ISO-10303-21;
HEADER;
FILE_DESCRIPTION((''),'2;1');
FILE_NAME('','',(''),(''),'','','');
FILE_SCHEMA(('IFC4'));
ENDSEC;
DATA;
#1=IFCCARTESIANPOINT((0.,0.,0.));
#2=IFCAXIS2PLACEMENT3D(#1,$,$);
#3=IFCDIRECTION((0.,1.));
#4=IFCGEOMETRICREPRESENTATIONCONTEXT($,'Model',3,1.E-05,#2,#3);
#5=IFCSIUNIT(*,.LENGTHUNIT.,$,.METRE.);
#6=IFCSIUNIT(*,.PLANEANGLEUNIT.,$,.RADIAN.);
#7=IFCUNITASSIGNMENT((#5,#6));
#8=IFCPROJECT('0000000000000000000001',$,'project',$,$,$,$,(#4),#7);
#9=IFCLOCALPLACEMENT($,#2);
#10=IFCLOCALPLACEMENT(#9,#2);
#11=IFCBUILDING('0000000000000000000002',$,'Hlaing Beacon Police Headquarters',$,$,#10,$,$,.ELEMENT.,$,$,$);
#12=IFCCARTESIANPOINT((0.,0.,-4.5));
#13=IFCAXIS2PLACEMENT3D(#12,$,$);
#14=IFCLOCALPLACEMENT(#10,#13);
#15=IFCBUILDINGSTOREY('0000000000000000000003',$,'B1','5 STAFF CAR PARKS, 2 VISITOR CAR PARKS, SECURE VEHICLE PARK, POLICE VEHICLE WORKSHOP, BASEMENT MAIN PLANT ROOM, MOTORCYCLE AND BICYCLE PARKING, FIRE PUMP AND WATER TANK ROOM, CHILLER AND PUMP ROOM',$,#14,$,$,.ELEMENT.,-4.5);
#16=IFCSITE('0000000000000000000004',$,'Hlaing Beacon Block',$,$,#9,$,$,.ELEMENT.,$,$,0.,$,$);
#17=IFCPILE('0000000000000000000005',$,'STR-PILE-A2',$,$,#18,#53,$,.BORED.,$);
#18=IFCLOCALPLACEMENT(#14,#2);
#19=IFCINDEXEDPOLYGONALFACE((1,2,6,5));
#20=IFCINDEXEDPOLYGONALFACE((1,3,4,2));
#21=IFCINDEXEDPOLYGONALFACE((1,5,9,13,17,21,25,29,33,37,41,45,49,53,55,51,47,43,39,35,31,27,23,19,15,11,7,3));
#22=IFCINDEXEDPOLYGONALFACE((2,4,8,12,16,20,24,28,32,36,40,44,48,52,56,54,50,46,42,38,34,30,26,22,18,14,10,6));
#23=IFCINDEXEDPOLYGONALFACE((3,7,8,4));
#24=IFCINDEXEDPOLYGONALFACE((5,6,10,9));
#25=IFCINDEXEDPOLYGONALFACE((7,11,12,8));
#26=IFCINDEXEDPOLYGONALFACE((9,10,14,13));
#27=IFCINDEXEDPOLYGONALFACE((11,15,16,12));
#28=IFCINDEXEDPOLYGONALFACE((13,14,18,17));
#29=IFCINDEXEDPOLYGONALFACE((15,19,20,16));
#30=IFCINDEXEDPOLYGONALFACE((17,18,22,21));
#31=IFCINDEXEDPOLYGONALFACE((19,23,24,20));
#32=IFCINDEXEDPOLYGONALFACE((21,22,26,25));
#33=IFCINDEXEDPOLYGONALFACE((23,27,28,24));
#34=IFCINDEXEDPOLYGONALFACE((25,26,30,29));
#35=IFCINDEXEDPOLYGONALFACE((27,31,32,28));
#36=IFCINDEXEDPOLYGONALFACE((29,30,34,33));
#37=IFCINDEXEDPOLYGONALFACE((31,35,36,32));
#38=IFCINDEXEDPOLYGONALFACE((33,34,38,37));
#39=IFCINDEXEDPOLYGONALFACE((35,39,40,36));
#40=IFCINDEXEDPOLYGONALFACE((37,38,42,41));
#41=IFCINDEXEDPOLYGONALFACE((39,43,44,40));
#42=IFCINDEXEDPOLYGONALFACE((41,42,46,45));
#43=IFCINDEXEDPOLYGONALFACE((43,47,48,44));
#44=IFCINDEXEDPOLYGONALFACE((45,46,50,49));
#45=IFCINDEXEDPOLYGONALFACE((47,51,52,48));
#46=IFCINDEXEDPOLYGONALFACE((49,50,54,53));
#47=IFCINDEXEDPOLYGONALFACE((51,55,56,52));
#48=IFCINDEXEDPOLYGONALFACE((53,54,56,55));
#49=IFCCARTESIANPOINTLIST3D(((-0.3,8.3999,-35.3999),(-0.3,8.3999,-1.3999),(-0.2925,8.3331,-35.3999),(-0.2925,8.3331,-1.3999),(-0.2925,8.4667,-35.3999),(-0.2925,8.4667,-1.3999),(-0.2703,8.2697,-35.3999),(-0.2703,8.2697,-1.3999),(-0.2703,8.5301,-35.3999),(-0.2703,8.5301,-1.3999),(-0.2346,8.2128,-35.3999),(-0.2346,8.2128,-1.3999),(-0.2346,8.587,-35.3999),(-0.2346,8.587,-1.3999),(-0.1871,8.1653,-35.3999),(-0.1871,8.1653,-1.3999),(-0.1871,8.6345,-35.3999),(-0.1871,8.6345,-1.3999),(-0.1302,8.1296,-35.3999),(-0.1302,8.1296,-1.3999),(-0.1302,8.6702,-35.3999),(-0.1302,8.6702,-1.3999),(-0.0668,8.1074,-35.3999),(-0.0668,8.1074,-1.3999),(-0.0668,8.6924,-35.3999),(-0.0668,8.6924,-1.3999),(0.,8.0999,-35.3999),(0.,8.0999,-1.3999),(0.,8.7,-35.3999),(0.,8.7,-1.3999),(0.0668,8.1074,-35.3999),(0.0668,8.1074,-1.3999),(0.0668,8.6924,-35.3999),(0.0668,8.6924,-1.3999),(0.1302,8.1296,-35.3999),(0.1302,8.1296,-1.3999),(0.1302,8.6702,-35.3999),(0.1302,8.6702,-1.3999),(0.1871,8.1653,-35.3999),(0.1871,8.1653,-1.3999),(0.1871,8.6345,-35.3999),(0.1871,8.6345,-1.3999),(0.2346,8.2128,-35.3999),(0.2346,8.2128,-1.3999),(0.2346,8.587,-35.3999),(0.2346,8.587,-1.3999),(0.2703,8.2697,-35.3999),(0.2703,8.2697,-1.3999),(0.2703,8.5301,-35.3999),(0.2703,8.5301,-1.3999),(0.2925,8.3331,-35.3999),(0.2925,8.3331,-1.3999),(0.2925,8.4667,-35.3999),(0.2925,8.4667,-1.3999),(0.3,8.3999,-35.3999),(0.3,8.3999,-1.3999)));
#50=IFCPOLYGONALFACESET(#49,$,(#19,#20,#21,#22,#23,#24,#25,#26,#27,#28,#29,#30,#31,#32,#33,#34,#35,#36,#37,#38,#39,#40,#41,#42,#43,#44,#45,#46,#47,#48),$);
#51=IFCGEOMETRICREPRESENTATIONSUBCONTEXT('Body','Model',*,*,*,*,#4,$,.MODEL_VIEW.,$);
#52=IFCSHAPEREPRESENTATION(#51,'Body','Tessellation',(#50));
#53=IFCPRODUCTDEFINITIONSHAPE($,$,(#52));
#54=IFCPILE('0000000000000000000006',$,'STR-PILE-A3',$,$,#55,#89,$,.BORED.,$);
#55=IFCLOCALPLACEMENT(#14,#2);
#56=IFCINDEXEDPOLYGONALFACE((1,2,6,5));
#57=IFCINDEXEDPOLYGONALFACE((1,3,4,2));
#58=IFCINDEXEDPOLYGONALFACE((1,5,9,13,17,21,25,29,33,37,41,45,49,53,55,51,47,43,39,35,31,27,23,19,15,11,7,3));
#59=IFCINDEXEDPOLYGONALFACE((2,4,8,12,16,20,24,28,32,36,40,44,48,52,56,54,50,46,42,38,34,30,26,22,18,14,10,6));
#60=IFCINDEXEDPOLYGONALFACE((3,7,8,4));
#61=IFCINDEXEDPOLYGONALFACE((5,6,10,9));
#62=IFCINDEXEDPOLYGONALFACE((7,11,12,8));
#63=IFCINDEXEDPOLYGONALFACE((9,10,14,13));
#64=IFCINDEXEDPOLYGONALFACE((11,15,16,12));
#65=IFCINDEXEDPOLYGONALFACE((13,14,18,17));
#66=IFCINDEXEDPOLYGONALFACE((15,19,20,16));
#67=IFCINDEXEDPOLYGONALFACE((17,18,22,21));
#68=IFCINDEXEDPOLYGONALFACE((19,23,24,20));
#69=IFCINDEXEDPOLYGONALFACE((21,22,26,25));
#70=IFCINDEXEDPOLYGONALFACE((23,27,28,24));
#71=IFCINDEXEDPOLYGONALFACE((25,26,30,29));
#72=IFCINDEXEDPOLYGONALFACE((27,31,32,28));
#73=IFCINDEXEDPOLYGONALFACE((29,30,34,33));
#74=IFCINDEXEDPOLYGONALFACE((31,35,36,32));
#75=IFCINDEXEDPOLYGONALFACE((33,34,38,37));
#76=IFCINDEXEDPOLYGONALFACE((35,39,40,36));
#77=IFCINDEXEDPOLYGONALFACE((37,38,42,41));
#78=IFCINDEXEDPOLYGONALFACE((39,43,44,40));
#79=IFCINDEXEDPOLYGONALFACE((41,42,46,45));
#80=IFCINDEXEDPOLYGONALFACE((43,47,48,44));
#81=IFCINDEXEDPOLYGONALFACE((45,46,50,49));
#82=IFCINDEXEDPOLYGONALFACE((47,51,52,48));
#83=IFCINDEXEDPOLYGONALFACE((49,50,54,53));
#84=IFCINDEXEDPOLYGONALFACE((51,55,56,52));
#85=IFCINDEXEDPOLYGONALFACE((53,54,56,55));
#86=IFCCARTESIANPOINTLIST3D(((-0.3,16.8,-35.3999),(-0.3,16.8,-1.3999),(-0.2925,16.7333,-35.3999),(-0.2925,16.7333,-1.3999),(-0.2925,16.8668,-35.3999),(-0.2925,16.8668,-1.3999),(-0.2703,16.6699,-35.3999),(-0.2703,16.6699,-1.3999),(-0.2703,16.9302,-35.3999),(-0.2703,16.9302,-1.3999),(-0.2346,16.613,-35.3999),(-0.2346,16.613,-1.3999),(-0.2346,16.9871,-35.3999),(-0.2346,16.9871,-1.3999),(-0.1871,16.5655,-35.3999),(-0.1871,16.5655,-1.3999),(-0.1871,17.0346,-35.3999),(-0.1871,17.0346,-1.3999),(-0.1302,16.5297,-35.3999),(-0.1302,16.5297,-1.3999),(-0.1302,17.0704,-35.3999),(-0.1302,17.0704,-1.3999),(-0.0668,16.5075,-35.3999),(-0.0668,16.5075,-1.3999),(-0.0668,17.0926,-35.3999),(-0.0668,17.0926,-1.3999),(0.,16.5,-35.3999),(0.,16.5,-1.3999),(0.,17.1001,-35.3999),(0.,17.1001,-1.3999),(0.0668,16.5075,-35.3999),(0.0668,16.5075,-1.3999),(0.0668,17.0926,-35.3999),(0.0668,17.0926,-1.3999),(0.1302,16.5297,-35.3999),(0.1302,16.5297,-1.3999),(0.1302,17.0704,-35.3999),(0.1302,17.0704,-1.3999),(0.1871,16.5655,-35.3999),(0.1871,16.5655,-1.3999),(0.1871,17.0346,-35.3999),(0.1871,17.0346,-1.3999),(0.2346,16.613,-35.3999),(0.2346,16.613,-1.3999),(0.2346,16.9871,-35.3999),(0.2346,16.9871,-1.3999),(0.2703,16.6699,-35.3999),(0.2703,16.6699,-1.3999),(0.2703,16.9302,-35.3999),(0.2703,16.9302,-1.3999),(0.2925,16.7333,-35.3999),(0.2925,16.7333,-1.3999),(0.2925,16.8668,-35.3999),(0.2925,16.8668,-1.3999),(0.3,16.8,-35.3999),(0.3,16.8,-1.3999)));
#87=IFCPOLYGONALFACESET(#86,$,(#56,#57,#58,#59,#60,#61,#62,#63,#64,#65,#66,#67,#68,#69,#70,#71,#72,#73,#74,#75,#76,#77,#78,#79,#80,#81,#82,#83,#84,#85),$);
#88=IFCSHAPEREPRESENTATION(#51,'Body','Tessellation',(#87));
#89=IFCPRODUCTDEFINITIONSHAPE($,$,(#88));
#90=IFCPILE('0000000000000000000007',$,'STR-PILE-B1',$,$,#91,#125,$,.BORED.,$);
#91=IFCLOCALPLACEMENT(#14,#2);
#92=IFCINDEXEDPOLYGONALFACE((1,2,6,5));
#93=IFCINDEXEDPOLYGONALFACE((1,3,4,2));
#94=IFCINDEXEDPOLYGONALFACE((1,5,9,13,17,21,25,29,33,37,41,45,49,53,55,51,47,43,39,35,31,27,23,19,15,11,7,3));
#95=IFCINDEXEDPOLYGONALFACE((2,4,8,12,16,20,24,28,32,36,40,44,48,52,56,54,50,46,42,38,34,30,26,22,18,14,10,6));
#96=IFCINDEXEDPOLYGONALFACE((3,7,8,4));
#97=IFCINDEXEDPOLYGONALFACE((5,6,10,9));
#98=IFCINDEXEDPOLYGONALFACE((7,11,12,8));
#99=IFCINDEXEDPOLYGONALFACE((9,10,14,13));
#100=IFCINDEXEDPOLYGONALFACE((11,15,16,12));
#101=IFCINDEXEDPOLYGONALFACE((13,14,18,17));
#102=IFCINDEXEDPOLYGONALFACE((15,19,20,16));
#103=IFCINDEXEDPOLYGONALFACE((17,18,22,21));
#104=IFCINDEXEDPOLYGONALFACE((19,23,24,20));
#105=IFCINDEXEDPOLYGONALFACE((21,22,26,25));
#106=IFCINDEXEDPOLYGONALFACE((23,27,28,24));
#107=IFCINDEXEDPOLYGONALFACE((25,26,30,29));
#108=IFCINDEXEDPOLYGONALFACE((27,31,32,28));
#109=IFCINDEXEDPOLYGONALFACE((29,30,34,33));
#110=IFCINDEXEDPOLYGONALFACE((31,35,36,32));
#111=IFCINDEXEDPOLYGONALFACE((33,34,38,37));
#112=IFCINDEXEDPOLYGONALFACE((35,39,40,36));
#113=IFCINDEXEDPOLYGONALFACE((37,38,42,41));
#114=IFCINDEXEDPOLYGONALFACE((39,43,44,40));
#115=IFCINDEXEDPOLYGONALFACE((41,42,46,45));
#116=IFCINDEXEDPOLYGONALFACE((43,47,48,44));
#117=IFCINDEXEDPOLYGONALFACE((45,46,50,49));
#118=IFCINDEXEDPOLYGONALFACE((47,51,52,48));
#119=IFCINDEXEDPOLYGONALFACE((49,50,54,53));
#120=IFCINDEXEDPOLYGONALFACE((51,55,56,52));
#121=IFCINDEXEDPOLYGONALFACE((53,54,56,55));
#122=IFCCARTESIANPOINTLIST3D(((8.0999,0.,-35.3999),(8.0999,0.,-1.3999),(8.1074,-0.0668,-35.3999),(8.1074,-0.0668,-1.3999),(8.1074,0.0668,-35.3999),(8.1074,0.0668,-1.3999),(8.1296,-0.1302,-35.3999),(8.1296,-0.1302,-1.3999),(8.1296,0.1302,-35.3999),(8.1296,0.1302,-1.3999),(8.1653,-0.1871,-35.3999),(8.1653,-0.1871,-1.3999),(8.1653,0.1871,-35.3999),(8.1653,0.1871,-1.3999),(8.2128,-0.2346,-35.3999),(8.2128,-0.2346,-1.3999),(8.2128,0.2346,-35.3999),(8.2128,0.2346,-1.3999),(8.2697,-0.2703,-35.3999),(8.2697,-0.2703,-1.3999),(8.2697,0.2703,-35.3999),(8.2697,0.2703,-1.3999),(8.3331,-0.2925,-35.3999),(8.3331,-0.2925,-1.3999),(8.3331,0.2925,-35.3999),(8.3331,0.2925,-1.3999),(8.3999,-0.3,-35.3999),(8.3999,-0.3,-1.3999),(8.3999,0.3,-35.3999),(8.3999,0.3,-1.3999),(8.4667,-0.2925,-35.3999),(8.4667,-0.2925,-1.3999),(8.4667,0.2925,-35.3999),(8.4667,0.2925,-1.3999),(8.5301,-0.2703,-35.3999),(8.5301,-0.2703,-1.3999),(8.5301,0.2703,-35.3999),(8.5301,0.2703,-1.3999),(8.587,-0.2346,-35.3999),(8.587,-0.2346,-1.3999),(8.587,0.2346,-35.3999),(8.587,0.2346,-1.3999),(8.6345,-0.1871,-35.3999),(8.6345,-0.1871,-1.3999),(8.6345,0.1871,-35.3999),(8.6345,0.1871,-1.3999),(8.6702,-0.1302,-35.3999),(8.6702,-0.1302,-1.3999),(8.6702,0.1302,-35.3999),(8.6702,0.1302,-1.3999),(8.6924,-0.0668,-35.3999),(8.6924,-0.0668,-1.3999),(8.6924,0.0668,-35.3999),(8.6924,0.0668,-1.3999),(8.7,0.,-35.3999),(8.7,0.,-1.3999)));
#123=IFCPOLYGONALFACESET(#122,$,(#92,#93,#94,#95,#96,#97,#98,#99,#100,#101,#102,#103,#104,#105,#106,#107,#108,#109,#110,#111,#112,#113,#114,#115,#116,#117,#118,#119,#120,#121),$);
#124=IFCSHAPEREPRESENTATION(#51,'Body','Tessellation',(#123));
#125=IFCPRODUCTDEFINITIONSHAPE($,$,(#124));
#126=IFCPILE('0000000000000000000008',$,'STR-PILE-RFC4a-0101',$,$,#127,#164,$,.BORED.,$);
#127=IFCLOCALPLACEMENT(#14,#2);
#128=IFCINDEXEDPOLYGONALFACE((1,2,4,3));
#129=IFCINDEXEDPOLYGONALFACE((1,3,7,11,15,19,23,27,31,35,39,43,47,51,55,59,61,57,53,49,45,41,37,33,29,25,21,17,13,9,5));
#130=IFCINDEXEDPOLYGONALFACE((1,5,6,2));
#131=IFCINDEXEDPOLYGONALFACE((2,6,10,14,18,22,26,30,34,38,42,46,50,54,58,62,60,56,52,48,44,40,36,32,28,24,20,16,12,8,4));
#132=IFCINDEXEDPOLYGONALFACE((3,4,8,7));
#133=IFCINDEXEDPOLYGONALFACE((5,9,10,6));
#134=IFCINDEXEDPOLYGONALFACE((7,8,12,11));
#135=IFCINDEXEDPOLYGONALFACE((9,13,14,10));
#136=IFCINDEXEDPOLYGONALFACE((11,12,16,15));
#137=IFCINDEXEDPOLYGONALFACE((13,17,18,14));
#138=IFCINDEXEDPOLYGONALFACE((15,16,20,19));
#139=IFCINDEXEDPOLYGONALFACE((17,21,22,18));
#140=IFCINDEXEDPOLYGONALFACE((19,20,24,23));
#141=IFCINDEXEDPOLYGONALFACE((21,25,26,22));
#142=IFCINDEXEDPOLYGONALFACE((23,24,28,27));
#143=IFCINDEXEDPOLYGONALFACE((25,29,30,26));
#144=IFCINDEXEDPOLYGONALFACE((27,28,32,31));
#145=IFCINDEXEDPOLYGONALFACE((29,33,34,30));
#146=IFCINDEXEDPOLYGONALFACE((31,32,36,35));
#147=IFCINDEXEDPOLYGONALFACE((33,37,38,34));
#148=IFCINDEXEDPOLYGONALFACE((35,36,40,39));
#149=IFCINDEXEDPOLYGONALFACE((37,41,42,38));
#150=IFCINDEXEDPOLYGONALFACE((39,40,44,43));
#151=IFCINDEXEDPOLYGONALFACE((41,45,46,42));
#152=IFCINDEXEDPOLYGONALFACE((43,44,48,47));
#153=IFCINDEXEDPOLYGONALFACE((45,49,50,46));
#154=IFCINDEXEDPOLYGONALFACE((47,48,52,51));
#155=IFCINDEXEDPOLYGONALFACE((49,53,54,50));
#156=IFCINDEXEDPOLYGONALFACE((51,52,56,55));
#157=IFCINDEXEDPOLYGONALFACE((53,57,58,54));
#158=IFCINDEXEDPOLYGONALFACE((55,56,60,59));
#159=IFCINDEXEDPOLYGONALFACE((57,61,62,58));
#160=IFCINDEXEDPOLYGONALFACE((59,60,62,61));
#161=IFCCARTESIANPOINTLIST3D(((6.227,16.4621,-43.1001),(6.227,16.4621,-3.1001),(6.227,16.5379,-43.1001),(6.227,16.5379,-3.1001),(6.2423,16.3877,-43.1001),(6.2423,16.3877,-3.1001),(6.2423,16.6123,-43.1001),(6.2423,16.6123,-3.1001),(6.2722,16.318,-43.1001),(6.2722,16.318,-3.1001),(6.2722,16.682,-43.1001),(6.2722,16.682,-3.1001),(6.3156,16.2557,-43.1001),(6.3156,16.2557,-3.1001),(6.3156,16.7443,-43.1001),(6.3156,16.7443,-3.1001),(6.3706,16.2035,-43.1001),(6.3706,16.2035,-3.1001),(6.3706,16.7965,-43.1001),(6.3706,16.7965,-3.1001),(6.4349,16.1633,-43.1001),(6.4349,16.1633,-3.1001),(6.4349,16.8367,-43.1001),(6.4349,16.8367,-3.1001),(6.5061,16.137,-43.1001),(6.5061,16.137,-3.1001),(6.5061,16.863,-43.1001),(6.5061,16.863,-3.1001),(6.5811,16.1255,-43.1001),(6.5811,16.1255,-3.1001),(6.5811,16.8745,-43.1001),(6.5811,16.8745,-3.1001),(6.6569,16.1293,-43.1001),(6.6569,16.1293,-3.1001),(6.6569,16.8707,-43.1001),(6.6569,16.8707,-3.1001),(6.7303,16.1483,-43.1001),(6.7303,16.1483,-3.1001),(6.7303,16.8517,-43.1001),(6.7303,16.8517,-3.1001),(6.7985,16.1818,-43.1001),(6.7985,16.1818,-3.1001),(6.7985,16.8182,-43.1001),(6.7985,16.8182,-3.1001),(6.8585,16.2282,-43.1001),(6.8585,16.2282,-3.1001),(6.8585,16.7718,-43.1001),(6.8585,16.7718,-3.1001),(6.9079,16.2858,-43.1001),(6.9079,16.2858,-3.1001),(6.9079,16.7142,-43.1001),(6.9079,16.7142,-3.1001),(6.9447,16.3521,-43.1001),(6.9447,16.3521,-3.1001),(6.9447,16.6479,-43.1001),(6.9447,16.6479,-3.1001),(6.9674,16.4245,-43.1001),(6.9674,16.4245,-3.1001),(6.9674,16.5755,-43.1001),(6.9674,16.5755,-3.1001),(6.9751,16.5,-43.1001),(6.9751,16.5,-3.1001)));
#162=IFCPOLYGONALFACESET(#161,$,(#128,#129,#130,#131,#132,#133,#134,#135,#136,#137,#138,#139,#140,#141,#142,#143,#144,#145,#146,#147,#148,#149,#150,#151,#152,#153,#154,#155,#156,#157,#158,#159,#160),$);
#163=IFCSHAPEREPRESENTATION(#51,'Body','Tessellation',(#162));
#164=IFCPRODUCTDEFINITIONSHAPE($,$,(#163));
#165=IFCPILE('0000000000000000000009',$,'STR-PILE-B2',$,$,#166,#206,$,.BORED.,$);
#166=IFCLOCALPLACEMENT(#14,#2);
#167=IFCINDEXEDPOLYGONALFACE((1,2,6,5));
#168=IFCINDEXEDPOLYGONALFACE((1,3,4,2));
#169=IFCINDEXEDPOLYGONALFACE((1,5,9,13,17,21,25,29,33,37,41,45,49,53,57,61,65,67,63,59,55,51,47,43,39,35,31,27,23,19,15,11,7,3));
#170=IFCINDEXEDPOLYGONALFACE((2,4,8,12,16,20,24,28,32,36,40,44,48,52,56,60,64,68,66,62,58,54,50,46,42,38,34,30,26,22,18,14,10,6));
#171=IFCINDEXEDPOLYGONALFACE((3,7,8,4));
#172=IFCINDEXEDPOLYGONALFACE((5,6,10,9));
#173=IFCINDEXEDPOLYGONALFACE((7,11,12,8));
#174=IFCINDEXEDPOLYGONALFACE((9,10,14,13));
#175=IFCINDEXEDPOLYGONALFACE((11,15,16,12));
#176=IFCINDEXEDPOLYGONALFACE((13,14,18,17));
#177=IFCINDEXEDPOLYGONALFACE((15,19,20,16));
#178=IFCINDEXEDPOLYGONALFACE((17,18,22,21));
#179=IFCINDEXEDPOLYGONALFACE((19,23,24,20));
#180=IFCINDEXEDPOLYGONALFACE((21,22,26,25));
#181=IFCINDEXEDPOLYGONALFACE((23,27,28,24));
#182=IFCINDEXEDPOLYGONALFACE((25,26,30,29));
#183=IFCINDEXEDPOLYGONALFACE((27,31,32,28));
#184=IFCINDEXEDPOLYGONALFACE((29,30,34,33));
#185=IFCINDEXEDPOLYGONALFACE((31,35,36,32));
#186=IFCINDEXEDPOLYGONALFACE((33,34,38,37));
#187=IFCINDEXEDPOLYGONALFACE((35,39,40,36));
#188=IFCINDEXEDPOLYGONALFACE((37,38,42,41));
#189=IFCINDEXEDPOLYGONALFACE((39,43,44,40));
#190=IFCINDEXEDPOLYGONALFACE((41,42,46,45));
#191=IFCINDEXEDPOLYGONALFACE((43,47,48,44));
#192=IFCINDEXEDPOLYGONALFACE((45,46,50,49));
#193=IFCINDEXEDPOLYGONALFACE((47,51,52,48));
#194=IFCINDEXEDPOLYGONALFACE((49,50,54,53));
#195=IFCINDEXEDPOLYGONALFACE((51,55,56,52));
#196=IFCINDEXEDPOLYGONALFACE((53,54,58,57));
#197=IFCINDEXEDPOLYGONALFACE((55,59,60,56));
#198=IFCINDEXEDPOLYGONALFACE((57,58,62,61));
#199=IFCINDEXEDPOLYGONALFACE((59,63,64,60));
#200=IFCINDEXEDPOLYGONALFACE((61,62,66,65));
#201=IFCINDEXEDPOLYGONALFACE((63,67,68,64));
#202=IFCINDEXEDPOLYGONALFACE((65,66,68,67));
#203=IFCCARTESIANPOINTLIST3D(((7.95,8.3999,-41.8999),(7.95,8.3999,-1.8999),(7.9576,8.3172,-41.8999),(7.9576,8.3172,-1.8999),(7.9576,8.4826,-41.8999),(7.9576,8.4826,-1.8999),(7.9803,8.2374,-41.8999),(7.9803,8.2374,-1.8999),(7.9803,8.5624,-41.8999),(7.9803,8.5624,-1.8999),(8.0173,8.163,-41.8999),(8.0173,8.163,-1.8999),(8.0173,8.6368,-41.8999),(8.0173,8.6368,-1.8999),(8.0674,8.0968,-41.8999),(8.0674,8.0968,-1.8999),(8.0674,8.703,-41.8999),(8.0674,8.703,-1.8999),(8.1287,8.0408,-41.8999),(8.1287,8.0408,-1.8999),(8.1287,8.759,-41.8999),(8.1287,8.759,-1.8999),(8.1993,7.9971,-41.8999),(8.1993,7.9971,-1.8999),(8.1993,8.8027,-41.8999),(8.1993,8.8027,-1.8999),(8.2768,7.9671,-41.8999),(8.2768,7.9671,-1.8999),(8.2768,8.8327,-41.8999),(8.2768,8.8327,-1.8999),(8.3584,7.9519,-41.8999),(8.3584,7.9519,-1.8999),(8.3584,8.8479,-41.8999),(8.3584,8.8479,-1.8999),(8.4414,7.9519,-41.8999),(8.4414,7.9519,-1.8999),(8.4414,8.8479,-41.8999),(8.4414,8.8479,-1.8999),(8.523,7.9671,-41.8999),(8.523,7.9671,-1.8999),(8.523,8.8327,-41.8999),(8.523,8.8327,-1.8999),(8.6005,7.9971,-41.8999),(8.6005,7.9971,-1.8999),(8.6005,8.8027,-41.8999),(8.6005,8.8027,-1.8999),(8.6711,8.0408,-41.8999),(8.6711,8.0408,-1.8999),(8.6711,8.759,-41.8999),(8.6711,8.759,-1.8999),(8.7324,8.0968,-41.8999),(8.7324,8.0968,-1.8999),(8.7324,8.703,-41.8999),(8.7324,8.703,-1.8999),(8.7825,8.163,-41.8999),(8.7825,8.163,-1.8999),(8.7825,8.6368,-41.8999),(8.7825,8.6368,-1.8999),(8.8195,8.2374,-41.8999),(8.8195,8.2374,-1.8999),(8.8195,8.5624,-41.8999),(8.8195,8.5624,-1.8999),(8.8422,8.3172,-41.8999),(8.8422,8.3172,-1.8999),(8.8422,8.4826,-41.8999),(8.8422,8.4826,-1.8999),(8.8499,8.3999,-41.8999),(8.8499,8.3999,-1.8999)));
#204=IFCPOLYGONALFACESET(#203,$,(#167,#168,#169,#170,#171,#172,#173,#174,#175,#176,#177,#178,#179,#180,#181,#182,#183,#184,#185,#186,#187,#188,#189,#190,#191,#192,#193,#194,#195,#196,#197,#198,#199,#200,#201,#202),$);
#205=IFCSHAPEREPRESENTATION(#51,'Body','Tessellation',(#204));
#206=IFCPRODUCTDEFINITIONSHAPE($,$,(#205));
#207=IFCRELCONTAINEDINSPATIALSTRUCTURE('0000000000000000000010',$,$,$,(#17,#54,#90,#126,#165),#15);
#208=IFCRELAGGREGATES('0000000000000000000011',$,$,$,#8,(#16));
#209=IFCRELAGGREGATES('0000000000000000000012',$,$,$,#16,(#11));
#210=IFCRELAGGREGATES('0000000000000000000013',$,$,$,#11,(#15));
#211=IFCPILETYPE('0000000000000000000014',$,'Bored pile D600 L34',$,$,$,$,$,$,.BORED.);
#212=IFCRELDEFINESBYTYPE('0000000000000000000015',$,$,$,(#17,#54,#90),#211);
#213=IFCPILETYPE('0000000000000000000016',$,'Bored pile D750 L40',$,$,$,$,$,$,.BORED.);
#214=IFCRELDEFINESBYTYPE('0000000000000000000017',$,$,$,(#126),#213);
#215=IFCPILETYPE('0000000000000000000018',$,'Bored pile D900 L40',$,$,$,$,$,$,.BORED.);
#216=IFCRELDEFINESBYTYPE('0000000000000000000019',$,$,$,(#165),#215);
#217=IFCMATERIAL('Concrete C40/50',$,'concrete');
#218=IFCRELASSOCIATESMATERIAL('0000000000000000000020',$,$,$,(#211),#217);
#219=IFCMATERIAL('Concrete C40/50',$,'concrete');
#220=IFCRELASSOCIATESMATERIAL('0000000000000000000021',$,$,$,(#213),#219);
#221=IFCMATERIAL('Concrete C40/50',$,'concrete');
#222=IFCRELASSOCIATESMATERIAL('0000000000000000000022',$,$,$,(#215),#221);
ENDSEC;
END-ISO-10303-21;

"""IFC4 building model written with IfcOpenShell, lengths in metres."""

from ifc_helpers import new_model, si_unit, direction, frame, origin, origin_2d, place, context, subcontext, project, spatial, circle, extrude, material, material_profile, profile_set, type_object, element, save


model = new_model("IFC4")

# Units and contexts
model_context = context("Model", 3, precision=1e-05, world=origin(), true_north=direction((0.0, 1.0)))
body_context = subcontext(model_context, "Body", "Model", "MODEL_VIEW")
ifc_project = project(units=[si_unit("LENGTHUNIT", "METRE"), si_unit("PLANEANGLEUNIT", "RADIAN")], contexts=[model_context])

# Site, building, storey
site_placement = place(None, origin())
site = spatial("IfcSite", under=ifc_project, at=site_placement, Name="Hlaing Beacon Block", CompositionType="ELEMENT", RefElevation=0.0)
building_placement = place(site_placement, origin())
building = spatial("IfcBuilding", under=site, at=building_placement, Name="Hlaing Beacon Police Headquarters", CompositionType="ELEMENT")
storey_placement = place(building_placement, frame((0.0, 0.0, -4.5)))
storey = spatial("IfcBuildingStorey", under=building, at=storey_placement, Name="B1", Description="5 STAFF CAR PARKS, 2 VISITOR CAR PARKS, SECURE VEHICLE PARK, POLICE VEHICLE WORKSHOP, BASEMENT MAIN PLANT ROOM, MOTORCYCLE AND BICYCLE PARKING, FIRE PUMP AND WATER TANK ROOM, CHILLER AND PUMP ROOM", CompositionType="ELEMENT", Elevation=-4.5)

# Piles
ifc_material_1 = material(Name="Concrete C40/50", Category="concrete")
ifc_material_profile_1 = material_profile(ifc_material_1, circle(Radius=0.3, at=origin_2d()), Name="D600")
ifc_profile_set_1 = profile_set([ifc_material_profile_1], Name="Concrete C40/50")
pile_type_1 = type_object("IfcPileType", Name="Bored pile D600 L34", PredefinedType="BORED", material=ifc_profile_set_1)
for number, where, z_axis, x_axis, name in (
    (1, (0.0, 8.3999, -1.3999), (0.0, 0.0, -1.0), (1.0, 0.0, 0.0), "STR-PILE-A2"),
    (2, (0.0, 16.8, -1.3999), (0.0, 0.0, -1.0), (1.0, 0.0, 0.0), "STR-PILE-A3"),
    (3, (8.3999, 0.0, -1.3999), (0.0, 0.0, -1.0), (1.0, 0.0, 0.0), "STR-PILE-B1"),
):
    element("IfcPile", number, at=place(storey_placement, frame(where, z_axis=z_axis, x_axis=x_axis)), inside=storey, type_object=pile_type_1, Name=name, PredefinedType="BORED", context=body_context, shape_type="SweptSolid", body=[
        extrude(circle(Radius=0.3, at=origin_2d()), origin(), (0.0, 0.0, 1.0), 34.0),
    ])
ifc_material_2 = material(Name="Concrete C40/50", Category="concrete")
ifc_material_profile_2 = material_profile(ifc_material_2, circle(Radius=0.375, at=origin_2d()), Name="D750")
ifc_profile_set_2 = profile_set([ifc_material_profile_2], Name="Concrete C40/50")
pile_type_2 = type_object("IfcPileType", Name="Bored pile D750 L40", PredefinedType="BORED", material=ifc_profile_set_2)
pile_1_placement = place(storey_placement, frame((6.6001, 16.5, -3.1001), z_axis=(0.0, 0.0, -1.0), x_axis=(1.0, 0.0, 0.0)))
element("IfcPile", 4, at=pile_1_placement, inside=storey, type_object=pile_type_2, Name="STR-PILE-RFC4a-0101", PredefinedType="BORED", context=body_context, shape_type="SweptSolid", body=[
    extrude(circle(Radius=0.375, at=origin_2d()), origin(), (0.0, 0.0, 1.0), 40.0),
])
ifc_material_3 = material(Name="Concrete C40/50", Category="concrete")
ifc_material_profile_3 = material_profile(ifc_material_3, circle(Radius=0.45, at=origin_2d()), Name="D900")
ifc_profile_set_3 = profile_set([ifc_material_profile_3], Name="Concrete C40/50")
pile_type_3 = type_object("IfcPileType", Name="Bored pile D900 L40", PredefinedType="BORED", material=ifc_profile_set_3)
pile_2_placement = place(storey_placement, frame((8.3999, 8.3999, -1.8999), z_axis=(0.0, 0.0, -1.0), x_axis=(1.0, 0.0, 0.0)))
element("IfcPile", 5, at=pile_2_placement, inside=storey, type_object=pile_type_3, Name="STR-PILE-B2", PredefinedType="BORED", context=body_context, shape_type="SweptSolid", body=[
    extrude(circle(Radius=0.45, at=origin_2d()), origin(), (0.0, 0.0, 1.0), 40.0),
])

save(model, "model.ifc")
